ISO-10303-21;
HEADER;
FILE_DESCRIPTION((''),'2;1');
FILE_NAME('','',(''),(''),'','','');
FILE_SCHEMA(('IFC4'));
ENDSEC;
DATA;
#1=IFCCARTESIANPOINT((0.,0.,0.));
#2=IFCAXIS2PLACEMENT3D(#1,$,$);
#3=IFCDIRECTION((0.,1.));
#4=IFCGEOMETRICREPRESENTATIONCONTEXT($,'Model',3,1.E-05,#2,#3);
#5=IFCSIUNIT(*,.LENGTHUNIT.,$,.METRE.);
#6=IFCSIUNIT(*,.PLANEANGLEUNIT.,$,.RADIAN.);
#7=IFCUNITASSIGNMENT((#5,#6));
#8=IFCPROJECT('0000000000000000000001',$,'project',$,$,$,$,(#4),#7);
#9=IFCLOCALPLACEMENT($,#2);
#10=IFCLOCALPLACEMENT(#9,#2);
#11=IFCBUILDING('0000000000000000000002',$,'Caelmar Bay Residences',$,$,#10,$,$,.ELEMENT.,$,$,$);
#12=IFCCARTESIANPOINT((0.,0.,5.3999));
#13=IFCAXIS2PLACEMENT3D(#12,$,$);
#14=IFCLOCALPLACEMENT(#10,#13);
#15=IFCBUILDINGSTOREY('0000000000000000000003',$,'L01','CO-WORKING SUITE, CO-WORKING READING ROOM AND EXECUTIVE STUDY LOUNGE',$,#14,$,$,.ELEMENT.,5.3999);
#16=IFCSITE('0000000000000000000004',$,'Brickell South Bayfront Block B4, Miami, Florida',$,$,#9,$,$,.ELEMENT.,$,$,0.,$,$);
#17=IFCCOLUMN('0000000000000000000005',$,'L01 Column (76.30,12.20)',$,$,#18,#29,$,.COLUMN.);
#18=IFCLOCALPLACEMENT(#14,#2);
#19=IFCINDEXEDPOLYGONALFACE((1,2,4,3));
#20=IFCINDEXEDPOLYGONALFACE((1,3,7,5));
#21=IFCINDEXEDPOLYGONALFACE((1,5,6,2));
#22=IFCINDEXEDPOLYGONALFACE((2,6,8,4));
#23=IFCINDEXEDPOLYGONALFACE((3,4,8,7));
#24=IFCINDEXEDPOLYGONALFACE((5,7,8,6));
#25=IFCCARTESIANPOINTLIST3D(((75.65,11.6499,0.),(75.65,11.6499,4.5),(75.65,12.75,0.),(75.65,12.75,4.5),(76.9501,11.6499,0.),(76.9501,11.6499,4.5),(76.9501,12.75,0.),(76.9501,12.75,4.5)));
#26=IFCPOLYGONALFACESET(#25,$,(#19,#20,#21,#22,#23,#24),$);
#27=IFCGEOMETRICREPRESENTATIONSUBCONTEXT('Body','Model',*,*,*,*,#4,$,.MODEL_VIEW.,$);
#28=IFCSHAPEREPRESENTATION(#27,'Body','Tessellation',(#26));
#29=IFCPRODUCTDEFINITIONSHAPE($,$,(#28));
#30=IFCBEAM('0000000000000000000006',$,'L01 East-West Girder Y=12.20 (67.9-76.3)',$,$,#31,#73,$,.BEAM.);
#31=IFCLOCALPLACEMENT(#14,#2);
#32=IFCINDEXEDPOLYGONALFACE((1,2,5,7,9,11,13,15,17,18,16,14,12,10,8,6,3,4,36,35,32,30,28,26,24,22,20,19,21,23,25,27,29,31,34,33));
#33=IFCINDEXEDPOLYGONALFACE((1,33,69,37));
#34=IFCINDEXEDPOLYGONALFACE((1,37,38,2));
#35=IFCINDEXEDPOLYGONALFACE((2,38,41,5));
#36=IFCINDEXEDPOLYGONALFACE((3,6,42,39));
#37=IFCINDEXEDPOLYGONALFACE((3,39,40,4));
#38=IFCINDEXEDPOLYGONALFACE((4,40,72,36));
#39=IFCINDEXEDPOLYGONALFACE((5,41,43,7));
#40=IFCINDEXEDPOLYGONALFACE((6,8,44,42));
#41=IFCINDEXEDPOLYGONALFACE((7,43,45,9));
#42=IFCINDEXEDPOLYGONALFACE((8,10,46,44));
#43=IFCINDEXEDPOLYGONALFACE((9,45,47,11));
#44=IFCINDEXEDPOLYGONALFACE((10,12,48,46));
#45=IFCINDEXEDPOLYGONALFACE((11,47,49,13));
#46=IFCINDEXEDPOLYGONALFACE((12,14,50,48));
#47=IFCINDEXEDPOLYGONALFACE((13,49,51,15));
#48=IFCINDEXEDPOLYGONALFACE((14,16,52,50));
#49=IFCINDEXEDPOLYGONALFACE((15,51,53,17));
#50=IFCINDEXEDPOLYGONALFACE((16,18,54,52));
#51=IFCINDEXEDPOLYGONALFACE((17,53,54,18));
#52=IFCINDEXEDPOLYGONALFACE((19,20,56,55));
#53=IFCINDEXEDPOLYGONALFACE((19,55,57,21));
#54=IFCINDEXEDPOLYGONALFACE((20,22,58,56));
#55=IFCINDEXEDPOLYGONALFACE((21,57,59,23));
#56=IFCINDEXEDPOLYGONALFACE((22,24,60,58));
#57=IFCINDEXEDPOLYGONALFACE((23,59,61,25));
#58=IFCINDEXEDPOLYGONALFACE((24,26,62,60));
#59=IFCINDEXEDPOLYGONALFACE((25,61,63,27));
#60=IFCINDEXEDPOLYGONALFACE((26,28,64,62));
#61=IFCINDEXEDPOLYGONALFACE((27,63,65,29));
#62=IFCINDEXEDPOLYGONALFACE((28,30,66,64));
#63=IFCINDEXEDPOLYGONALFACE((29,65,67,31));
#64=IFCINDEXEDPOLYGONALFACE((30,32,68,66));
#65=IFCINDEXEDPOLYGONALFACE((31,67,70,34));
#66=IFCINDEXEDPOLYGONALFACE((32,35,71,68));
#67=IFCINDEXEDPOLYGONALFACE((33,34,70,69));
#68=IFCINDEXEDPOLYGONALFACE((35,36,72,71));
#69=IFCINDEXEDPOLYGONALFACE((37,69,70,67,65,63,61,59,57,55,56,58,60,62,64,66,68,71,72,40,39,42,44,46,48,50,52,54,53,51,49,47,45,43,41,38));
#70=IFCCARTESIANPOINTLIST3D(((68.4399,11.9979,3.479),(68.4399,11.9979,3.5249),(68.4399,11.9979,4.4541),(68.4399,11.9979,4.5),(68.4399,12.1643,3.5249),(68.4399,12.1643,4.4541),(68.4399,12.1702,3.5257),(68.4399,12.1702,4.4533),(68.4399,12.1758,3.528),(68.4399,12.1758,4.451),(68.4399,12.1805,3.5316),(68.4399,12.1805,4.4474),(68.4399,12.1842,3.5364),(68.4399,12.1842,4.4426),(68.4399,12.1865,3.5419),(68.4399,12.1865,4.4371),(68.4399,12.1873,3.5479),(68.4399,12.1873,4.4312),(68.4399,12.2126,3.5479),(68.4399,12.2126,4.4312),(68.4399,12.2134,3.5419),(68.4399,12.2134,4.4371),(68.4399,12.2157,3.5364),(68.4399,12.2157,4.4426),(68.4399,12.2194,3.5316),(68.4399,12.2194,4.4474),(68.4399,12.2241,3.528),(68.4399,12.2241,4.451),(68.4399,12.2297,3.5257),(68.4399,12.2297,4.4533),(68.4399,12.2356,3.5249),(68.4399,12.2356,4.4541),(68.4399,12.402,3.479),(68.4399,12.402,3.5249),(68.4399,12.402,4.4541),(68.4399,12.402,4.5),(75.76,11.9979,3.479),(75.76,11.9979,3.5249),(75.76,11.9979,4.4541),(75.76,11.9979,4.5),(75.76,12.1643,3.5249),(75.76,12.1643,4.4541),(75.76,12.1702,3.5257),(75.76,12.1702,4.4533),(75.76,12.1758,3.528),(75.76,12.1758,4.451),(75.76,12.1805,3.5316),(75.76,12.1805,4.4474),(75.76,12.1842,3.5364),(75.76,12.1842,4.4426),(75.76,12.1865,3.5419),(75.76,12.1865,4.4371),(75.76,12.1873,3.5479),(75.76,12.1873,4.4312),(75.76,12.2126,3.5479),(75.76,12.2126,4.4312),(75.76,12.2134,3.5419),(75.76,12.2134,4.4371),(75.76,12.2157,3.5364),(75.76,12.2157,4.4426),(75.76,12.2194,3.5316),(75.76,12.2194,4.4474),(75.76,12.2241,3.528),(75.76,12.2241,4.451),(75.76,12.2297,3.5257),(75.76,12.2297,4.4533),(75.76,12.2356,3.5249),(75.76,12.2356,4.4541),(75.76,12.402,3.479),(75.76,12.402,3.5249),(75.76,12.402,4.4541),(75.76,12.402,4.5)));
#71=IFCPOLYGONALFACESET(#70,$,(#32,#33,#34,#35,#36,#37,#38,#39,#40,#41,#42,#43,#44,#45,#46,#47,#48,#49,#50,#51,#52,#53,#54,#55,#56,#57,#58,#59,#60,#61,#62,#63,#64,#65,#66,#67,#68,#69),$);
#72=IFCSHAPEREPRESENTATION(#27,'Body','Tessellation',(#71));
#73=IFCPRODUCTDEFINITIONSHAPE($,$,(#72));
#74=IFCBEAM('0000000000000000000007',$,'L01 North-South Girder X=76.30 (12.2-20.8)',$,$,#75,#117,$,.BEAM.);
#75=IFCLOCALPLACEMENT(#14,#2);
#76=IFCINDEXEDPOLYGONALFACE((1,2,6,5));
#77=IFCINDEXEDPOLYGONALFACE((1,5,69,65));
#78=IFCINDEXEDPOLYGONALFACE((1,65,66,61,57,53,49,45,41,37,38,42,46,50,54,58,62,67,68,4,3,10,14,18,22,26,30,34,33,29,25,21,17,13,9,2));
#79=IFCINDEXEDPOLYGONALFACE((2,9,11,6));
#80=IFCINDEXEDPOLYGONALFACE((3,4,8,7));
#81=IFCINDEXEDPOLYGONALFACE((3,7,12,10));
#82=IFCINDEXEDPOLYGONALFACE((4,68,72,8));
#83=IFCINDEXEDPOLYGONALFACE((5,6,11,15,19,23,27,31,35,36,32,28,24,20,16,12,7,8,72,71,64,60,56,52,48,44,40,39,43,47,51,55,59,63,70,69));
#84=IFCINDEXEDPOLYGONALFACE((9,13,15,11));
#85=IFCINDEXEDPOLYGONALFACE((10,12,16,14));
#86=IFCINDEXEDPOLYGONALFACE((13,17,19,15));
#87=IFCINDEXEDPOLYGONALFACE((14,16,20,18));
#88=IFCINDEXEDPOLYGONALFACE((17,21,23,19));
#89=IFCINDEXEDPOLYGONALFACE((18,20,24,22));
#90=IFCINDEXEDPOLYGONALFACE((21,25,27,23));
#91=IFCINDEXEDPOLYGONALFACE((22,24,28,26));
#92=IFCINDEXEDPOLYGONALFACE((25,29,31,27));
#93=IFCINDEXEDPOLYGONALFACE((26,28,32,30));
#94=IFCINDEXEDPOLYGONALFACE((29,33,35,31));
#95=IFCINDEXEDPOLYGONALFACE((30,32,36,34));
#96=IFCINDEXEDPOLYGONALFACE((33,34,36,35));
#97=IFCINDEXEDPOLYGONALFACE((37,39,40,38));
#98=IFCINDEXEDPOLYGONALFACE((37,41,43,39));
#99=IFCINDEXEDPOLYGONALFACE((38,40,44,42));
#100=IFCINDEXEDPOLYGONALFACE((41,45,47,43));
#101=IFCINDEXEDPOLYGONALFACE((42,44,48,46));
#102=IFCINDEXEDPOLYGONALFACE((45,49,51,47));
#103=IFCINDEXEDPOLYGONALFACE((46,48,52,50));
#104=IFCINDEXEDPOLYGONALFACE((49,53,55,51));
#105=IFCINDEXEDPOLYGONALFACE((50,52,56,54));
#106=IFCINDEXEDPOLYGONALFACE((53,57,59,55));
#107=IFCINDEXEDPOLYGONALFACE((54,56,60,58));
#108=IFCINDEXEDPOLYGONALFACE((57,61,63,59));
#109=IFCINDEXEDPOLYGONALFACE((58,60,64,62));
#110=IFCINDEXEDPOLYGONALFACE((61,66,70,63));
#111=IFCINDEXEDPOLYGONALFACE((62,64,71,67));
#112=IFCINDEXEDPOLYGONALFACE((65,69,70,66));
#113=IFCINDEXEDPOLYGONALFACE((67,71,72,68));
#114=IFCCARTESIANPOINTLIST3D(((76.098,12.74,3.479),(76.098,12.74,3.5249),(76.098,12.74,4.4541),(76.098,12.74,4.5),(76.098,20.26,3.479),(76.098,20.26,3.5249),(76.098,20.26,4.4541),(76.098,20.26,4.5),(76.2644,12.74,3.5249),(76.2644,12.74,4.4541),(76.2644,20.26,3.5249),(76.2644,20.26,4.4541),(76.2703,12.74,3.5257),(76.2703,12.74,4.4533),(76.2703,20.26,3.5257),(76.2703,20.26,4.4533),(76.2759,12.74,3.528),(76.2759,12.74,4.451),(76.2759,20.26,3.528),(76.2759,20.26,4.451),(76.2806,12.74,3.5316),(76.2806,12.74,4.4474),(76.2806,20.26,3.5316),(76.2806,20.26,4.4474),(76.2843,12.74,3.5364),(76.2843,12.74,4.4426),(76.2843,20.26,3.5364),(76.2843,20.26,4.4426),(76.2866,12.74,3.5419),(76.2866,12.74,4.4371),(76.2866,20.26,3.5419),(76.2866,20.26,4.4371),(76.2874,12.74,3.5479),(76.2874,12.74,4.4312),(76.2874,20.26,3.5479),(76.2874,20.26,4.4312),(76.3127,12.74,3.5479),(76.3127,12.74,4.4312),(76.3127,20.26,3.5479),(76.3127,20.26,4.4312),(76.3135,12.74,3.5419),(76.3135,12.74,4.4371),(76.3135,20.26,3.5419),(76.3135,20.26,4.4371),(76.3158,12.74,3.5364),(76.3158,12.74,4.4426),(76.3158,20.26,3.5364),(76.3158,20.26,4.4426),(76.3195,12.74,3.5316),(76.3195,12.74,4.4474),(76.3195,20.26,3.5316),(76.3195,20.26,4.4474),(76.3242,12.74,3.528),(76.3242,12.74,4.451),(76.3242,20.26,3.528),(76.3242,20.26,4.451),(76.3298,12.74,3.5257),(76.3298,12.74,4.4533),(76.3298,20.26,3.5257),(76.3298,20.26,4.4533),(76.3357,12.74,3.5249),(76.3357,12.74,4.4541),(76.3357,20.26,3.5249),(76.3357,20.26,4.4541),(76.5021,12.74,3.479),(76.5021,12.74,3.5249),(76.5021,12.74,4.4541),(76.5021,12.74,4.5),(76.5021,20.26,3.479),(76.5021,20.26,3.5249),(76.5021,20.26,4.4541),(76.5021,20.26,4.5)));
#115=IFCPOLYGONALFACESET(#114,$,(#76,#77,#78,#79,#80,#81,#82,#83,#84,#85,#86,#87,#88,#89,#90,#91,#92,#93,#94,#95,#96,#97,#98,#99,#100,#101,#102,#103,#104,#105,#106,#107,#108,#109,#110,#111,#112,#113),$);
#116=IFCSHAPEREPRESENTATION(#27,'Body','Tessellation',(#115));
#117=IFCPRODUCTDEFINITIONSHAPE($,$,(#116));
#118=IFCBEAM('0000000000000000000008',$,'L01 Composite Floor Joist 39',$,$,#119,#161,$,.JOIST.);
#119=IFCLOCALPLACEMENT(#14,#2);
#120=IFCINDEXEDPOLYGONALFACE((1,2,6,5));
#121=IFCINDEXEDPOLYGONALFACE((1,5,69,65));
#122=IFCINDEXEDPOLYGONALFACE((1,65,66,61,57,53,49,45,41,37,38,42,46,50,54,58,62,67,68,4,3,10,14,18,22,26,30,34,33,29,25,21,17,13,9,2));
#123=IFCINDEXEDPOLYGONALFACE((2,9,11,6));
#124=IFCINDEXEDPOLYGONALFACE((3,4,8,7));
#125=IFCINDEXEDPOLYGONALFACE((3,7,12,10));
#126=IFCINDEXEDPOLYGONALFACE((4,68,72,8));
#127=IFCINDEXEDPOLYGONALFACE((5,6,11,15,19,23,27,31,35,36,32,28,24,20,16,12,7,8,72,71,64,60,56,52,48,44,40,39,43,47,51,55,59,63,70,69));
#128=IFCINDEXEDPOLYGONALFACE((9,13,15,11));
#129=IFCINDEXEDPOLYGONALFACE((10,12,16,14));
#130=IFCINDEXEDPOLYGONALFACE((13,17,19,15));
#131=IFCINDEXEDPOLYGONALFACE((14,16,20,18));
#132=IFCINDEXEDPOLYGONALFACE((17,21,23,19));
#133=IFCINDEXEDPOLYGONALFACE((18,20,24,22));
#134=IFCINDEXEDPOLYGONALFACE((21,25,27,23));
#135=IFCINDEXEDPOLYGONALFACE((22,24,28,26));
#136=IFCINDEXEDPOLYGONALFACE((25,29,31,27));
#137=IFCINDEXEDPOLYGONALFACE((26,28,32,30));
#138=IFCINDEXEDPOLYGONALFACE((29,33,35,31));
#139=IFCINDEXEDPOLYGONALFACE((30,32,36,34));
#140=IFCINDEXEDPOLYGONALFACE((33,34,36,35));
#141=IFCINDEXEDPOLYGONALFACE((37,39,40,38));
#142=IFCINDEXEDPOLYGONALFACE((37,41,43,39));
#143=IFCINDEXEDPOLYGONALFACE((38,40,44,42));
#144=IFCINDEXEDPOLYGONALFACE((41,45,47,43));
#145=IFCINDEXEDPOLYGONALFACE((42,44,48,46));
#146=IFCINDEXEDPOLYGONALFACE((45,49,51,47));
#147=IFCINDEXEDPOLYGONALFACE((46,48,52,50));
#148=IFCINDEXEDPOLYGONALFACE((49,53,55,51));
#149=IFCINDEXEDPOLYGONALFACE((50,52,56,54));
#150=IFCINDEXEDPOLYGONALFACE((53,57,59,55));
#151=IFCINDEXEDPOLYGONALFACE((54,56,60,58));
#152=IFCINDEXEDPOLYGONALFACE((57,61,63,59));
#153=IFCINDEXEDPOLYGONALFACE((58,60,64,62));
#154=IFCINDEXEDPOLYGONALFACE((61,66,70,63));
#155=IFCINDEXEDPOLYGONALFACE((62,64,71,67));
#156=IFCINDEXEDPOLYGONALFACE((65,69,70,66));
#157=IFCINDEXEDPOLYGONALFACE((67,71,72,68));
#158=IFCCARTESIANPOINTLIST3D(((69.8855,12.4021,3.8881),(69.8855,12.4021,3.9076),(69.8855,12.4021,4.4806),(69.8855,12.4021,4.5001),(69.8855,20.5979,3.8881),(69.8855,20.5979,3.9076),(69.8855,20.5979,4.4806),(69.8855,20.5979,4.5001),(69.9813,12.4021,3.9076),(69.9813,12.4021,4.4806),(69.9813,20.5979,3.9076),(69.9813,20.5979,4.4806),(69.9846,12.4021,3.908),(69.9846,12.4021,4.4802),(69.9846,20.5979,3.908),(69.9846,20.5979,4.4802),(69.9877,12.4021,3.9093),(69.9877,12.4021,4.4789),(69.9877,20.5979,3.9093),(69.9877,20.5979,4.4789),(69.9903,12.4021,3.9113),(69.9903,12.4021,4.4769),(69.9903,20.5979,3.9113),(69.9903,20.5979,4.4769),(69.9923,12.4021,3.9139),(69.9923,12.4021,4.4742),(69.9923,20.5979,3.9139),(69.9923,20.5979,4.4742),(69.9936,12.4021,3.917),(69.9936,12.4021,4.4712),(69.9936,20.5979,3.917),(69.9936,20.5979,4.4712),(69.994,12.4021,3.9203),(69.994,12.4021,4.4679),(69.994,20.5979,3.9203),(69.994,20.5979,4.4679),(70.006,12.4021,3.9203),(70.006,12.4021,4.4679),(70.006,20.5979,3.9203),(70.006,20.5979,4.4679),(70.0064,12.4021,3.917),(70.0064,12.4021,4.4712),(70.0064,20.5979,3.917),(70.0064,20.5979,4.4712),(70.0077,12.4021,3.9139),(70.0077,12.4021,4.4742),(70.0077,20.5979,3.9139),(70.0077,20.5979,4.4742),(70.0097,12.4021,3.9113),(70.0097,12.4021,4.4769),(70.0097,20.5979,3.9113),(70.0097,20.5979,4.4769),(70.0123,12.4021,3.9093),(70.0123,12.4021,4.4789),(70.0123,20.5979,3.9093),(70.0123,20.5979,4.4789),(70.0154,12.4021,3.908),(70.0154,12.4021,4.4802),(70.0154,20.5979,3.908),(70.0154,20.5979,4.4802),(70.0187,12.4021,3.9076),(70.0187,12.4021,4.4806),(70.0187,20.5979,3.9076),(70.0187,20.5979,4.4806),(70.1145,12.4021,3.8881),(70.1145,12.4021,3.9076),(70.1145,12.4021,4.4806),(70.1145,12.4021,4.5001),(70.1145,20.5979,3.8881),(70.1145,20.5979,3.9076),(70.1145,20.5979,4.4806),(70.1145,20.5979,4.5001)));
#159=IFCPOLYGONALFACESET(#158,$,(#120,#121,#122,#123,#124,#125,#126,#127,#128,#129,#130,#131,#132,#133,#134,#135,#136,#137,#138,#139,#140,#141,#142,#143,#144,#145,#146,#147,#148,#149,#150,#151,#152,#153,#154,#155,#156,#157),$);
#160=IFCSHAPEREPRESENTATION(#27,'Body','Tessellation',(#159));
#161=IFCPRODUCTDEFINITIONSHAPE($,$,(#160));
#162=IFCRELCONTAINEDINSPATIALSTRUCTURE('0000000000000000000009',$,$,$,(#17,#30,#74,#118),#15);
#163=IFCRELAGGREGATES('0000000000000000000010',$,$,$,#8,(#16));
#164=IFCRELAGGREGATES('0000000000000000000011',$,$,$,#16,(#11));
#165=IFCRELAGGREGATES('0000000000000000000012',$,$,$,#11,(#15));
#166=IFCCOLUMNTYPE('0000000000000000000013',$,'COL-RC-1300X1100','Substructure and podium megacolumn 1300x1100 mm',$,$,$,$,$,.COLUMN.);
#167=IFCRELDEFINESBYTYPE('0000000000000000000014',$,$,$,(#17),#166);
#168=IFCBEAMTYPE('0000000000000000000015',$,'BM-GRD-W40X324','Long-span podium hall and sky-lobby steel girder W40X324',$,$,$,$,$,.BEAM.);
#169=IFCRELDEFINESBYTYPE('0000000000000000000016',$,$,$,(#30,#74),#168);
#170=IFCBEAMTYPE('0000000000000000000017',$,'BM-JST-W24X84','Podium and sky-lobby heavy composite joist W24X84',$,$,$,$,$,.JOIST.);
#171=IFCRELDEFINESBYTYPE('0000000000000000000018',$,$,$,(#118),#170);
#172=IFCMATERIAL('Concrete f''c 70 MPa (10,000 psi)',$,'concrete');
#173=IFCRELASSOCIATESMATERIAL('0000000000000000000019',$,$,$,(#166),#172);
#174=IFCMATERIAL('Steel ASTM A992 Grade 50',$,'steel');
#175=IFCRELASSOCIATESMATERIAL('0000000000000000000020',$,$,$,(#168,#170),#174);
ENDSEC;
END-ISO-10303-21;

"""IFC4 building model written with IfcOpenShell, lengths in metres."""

from ifc_helpers import new_model, si_unit, direction, frame, origin, origin_2d, place, context, subcontext, project, spatial, rectangle, i_section, extrude, material, material_profile, profile_set, type_object, element, save


model = new_model("IFC4")

# Units and contexts
model_context = context("Model", 3, precision=1e-05, world=origin(), true_north=direction((0.0, 1.0)))
body_context = subcontext(model_context, "Body", "Model", "MODEL_VIEW")
ifc_project = project(units=[si_unit("LENGTHUNIT", "METRE"), si_unit("PLANEANGLEUNIT", "RADIAN")], contexts=[model_context])

# Site, building, storey
site_placement = place(None, origin())
site = spatial("IfcSite", under=ifc_project, at=site_placement, Name="Brickell South Bayfront Block B4, Miami, Florida", CompositionType="ELEMENT", RefElevation=0.0)
building_placement = place(site_placement, origin())
building = spatial("IfcBuilding", under=site, at=building_placement, Name="Caelmar Bay Residences", CompositionType="ELEMENT")
storey_placement = place(building_placement, frame((0.0, 0.0, 5.3999)))
storey = spatial("IfcBuildingStorey", under=building, at=storey_placement, Name="L01", Description="CO-WORKING SUITE, CO-WORKING READING ROOM AND EXECUTIVE STUDY LOUNGE", CompositionType="ELEMENT", Elevation=5.3999)

# Column
ifc_material_1 = material(Name="Concrete f'c 70 MPa (10,000 psi)", Category="concrete")
ifc_material_profile_1 = material_profile(ifc_material_1, rectangle(XDim=1.3, YDim=1.1001, at=origin_2d()), Name="RC-COL-1300X1100")
ifc_profile_set_1 = profile_set([ifc_material_profile_1], Name="Concrete f'c 70 MPa (10,000 psi)")
column_type = type_object("IfcColumnType", Name="COL-RC-1300X1100", Description="Substructure and podium megacolumn 1300x1100 mm", PredefinedType="COLUMN", material=ifc_profile_set_1)
column_placement = place(storey_placement, frame((76.3, 12.2, 0.0), z_axis=(0.0, 0.0, 1.0), x_axis=(1.0, 0.0, 0.0)))
element("IfcColumn", 1, at=column_placement, inside=storey, type_object=column_type, Name="L01 Column (76.30,12.20)", PredefinedType="COLUMN", context=body_context, shape_type="SweptSolid", body=[
    extrude(rectangle(XDim=1.3, YDim=1.1001, at=origin_2d()), origin(), (0.0, 0.0, 1.0), 4.5),
])

# Beams
ifc_material_2 = material(Name="Steel ASTM A992 Grade 50", Category="steel")
ifc_material_profile_2 = material_profile(ifc_material_2, i_section(OverallWidth=0.4041, OverallDepth=1.021, WebThickness=0.0254, FlangeThickness=0.0459, FilletRadius=0.0229, at=origin_2d()), Name="W40X324")
ifc_profile_set_2 = profile_set([ifc_material_profile_2], Name="Steel ASTM A992 Grade 50")
beam_type_1 = type_object("IfcBeamType", Name="BM-GRD-W40X324", Description="Long-span podium hall and sky-lobby steel girder W40X324", PredefinedType="BEAM", material=ifc_profile_set_2)
beam_1_placement = place(storey_placement, frame((68.4399, 12.2, 3.9895), z_axis=(1.0, 0.0, 0.0), x_axis=(0.0, 1.0, 0.0)))
element("IfcBeam", 2, at=beam_1_placement, inside=storey, type_object=beam_type_1, Name="L01 East-West Girder Y=12.20 (67.9-76.3)", PredefinedType="BEAM", context=body_context, shape_type="SweptSolid", body=[
    extrude(i_section(OverallWidth=0.4041, OverallDepth=1.021, WebThickness=0.0254, FlangeThickness=0.0459, FilletRadius=0.0229, at=origin_2d()), origin(), (0.0, 0.0, 1.0), 7.3201),
])
beam_2_placement = place(storey_placement, frame((76.3, 12.74, 3.9895), z_axis=(0.0, 1.0, 0.0), x_axis=(-1.0, 0.0, 0.0)))
element("IfcBeam", 3, at=beam_2_placement, inside=storey, type_object=beam_type_1, Name="L01 North-South Girder X=76.30 (12.2-20.8)", PredefinedType="BEAM", context=body_context, shape_type="SweptSolid", body=[
    extrude(i_section(OverallWidth=0.4041, OverallDepth=1.021, WebThickness=0.0254, FlangeThickness=0.0459, FilletRadius=0.0229, at=origin_2d()), origin(), (0.0, 0.0, 1.0), 7.52),
])
ifc_material_profile_3 = material_profile(ifc_material_2, i_section(OverallWidth=0.229, OverallDepth=0.6121, WebThickness=0.012, FlangeThickness=0.0195, FilletRadius=0.0127, at=origin_2d()), Name="W24X84")
ifc_profile_set_3 = profile_set([ifc_material_profile_3], Name="Steel ASTM A992 Grade 50")
beam_type_2 = type_object("IfcBeamType", Name="BM-JST-W24X84", Description="Podium and sky-lobby heavy composite joist W24X84", PredefinedType="JOIST", material=ifc_profile_set_3)
for number, where, z_axis, x_axis, name in (
    (4, (70.0, 12.4021, 4.1941), (0.0, 1.0, 0.0), (-1.0, 0.0, 0.0), "L01 Composite Floor Joist 39"),
):
    element("IfcBeam", number, at=place(storey_placement, frame(where, z_axis=z_axis, x_axis=x_axis)), inside=storey, type_object=beam_type_2, Name=name, PredefinedType="JOIST", context=body_context, shape_type="SweptSolid", body=[
        extrude(i_section(OverallWidth=0.229, OverallDepth=0.6121, WebThickness=0.012, FlangeThickness=0.0195, FilletRadius=0.0127, at=origin_2d()), origin(), (0.0, 0.0, 1.0), 8.1958),
    ])

save(model, "model.ifc")
